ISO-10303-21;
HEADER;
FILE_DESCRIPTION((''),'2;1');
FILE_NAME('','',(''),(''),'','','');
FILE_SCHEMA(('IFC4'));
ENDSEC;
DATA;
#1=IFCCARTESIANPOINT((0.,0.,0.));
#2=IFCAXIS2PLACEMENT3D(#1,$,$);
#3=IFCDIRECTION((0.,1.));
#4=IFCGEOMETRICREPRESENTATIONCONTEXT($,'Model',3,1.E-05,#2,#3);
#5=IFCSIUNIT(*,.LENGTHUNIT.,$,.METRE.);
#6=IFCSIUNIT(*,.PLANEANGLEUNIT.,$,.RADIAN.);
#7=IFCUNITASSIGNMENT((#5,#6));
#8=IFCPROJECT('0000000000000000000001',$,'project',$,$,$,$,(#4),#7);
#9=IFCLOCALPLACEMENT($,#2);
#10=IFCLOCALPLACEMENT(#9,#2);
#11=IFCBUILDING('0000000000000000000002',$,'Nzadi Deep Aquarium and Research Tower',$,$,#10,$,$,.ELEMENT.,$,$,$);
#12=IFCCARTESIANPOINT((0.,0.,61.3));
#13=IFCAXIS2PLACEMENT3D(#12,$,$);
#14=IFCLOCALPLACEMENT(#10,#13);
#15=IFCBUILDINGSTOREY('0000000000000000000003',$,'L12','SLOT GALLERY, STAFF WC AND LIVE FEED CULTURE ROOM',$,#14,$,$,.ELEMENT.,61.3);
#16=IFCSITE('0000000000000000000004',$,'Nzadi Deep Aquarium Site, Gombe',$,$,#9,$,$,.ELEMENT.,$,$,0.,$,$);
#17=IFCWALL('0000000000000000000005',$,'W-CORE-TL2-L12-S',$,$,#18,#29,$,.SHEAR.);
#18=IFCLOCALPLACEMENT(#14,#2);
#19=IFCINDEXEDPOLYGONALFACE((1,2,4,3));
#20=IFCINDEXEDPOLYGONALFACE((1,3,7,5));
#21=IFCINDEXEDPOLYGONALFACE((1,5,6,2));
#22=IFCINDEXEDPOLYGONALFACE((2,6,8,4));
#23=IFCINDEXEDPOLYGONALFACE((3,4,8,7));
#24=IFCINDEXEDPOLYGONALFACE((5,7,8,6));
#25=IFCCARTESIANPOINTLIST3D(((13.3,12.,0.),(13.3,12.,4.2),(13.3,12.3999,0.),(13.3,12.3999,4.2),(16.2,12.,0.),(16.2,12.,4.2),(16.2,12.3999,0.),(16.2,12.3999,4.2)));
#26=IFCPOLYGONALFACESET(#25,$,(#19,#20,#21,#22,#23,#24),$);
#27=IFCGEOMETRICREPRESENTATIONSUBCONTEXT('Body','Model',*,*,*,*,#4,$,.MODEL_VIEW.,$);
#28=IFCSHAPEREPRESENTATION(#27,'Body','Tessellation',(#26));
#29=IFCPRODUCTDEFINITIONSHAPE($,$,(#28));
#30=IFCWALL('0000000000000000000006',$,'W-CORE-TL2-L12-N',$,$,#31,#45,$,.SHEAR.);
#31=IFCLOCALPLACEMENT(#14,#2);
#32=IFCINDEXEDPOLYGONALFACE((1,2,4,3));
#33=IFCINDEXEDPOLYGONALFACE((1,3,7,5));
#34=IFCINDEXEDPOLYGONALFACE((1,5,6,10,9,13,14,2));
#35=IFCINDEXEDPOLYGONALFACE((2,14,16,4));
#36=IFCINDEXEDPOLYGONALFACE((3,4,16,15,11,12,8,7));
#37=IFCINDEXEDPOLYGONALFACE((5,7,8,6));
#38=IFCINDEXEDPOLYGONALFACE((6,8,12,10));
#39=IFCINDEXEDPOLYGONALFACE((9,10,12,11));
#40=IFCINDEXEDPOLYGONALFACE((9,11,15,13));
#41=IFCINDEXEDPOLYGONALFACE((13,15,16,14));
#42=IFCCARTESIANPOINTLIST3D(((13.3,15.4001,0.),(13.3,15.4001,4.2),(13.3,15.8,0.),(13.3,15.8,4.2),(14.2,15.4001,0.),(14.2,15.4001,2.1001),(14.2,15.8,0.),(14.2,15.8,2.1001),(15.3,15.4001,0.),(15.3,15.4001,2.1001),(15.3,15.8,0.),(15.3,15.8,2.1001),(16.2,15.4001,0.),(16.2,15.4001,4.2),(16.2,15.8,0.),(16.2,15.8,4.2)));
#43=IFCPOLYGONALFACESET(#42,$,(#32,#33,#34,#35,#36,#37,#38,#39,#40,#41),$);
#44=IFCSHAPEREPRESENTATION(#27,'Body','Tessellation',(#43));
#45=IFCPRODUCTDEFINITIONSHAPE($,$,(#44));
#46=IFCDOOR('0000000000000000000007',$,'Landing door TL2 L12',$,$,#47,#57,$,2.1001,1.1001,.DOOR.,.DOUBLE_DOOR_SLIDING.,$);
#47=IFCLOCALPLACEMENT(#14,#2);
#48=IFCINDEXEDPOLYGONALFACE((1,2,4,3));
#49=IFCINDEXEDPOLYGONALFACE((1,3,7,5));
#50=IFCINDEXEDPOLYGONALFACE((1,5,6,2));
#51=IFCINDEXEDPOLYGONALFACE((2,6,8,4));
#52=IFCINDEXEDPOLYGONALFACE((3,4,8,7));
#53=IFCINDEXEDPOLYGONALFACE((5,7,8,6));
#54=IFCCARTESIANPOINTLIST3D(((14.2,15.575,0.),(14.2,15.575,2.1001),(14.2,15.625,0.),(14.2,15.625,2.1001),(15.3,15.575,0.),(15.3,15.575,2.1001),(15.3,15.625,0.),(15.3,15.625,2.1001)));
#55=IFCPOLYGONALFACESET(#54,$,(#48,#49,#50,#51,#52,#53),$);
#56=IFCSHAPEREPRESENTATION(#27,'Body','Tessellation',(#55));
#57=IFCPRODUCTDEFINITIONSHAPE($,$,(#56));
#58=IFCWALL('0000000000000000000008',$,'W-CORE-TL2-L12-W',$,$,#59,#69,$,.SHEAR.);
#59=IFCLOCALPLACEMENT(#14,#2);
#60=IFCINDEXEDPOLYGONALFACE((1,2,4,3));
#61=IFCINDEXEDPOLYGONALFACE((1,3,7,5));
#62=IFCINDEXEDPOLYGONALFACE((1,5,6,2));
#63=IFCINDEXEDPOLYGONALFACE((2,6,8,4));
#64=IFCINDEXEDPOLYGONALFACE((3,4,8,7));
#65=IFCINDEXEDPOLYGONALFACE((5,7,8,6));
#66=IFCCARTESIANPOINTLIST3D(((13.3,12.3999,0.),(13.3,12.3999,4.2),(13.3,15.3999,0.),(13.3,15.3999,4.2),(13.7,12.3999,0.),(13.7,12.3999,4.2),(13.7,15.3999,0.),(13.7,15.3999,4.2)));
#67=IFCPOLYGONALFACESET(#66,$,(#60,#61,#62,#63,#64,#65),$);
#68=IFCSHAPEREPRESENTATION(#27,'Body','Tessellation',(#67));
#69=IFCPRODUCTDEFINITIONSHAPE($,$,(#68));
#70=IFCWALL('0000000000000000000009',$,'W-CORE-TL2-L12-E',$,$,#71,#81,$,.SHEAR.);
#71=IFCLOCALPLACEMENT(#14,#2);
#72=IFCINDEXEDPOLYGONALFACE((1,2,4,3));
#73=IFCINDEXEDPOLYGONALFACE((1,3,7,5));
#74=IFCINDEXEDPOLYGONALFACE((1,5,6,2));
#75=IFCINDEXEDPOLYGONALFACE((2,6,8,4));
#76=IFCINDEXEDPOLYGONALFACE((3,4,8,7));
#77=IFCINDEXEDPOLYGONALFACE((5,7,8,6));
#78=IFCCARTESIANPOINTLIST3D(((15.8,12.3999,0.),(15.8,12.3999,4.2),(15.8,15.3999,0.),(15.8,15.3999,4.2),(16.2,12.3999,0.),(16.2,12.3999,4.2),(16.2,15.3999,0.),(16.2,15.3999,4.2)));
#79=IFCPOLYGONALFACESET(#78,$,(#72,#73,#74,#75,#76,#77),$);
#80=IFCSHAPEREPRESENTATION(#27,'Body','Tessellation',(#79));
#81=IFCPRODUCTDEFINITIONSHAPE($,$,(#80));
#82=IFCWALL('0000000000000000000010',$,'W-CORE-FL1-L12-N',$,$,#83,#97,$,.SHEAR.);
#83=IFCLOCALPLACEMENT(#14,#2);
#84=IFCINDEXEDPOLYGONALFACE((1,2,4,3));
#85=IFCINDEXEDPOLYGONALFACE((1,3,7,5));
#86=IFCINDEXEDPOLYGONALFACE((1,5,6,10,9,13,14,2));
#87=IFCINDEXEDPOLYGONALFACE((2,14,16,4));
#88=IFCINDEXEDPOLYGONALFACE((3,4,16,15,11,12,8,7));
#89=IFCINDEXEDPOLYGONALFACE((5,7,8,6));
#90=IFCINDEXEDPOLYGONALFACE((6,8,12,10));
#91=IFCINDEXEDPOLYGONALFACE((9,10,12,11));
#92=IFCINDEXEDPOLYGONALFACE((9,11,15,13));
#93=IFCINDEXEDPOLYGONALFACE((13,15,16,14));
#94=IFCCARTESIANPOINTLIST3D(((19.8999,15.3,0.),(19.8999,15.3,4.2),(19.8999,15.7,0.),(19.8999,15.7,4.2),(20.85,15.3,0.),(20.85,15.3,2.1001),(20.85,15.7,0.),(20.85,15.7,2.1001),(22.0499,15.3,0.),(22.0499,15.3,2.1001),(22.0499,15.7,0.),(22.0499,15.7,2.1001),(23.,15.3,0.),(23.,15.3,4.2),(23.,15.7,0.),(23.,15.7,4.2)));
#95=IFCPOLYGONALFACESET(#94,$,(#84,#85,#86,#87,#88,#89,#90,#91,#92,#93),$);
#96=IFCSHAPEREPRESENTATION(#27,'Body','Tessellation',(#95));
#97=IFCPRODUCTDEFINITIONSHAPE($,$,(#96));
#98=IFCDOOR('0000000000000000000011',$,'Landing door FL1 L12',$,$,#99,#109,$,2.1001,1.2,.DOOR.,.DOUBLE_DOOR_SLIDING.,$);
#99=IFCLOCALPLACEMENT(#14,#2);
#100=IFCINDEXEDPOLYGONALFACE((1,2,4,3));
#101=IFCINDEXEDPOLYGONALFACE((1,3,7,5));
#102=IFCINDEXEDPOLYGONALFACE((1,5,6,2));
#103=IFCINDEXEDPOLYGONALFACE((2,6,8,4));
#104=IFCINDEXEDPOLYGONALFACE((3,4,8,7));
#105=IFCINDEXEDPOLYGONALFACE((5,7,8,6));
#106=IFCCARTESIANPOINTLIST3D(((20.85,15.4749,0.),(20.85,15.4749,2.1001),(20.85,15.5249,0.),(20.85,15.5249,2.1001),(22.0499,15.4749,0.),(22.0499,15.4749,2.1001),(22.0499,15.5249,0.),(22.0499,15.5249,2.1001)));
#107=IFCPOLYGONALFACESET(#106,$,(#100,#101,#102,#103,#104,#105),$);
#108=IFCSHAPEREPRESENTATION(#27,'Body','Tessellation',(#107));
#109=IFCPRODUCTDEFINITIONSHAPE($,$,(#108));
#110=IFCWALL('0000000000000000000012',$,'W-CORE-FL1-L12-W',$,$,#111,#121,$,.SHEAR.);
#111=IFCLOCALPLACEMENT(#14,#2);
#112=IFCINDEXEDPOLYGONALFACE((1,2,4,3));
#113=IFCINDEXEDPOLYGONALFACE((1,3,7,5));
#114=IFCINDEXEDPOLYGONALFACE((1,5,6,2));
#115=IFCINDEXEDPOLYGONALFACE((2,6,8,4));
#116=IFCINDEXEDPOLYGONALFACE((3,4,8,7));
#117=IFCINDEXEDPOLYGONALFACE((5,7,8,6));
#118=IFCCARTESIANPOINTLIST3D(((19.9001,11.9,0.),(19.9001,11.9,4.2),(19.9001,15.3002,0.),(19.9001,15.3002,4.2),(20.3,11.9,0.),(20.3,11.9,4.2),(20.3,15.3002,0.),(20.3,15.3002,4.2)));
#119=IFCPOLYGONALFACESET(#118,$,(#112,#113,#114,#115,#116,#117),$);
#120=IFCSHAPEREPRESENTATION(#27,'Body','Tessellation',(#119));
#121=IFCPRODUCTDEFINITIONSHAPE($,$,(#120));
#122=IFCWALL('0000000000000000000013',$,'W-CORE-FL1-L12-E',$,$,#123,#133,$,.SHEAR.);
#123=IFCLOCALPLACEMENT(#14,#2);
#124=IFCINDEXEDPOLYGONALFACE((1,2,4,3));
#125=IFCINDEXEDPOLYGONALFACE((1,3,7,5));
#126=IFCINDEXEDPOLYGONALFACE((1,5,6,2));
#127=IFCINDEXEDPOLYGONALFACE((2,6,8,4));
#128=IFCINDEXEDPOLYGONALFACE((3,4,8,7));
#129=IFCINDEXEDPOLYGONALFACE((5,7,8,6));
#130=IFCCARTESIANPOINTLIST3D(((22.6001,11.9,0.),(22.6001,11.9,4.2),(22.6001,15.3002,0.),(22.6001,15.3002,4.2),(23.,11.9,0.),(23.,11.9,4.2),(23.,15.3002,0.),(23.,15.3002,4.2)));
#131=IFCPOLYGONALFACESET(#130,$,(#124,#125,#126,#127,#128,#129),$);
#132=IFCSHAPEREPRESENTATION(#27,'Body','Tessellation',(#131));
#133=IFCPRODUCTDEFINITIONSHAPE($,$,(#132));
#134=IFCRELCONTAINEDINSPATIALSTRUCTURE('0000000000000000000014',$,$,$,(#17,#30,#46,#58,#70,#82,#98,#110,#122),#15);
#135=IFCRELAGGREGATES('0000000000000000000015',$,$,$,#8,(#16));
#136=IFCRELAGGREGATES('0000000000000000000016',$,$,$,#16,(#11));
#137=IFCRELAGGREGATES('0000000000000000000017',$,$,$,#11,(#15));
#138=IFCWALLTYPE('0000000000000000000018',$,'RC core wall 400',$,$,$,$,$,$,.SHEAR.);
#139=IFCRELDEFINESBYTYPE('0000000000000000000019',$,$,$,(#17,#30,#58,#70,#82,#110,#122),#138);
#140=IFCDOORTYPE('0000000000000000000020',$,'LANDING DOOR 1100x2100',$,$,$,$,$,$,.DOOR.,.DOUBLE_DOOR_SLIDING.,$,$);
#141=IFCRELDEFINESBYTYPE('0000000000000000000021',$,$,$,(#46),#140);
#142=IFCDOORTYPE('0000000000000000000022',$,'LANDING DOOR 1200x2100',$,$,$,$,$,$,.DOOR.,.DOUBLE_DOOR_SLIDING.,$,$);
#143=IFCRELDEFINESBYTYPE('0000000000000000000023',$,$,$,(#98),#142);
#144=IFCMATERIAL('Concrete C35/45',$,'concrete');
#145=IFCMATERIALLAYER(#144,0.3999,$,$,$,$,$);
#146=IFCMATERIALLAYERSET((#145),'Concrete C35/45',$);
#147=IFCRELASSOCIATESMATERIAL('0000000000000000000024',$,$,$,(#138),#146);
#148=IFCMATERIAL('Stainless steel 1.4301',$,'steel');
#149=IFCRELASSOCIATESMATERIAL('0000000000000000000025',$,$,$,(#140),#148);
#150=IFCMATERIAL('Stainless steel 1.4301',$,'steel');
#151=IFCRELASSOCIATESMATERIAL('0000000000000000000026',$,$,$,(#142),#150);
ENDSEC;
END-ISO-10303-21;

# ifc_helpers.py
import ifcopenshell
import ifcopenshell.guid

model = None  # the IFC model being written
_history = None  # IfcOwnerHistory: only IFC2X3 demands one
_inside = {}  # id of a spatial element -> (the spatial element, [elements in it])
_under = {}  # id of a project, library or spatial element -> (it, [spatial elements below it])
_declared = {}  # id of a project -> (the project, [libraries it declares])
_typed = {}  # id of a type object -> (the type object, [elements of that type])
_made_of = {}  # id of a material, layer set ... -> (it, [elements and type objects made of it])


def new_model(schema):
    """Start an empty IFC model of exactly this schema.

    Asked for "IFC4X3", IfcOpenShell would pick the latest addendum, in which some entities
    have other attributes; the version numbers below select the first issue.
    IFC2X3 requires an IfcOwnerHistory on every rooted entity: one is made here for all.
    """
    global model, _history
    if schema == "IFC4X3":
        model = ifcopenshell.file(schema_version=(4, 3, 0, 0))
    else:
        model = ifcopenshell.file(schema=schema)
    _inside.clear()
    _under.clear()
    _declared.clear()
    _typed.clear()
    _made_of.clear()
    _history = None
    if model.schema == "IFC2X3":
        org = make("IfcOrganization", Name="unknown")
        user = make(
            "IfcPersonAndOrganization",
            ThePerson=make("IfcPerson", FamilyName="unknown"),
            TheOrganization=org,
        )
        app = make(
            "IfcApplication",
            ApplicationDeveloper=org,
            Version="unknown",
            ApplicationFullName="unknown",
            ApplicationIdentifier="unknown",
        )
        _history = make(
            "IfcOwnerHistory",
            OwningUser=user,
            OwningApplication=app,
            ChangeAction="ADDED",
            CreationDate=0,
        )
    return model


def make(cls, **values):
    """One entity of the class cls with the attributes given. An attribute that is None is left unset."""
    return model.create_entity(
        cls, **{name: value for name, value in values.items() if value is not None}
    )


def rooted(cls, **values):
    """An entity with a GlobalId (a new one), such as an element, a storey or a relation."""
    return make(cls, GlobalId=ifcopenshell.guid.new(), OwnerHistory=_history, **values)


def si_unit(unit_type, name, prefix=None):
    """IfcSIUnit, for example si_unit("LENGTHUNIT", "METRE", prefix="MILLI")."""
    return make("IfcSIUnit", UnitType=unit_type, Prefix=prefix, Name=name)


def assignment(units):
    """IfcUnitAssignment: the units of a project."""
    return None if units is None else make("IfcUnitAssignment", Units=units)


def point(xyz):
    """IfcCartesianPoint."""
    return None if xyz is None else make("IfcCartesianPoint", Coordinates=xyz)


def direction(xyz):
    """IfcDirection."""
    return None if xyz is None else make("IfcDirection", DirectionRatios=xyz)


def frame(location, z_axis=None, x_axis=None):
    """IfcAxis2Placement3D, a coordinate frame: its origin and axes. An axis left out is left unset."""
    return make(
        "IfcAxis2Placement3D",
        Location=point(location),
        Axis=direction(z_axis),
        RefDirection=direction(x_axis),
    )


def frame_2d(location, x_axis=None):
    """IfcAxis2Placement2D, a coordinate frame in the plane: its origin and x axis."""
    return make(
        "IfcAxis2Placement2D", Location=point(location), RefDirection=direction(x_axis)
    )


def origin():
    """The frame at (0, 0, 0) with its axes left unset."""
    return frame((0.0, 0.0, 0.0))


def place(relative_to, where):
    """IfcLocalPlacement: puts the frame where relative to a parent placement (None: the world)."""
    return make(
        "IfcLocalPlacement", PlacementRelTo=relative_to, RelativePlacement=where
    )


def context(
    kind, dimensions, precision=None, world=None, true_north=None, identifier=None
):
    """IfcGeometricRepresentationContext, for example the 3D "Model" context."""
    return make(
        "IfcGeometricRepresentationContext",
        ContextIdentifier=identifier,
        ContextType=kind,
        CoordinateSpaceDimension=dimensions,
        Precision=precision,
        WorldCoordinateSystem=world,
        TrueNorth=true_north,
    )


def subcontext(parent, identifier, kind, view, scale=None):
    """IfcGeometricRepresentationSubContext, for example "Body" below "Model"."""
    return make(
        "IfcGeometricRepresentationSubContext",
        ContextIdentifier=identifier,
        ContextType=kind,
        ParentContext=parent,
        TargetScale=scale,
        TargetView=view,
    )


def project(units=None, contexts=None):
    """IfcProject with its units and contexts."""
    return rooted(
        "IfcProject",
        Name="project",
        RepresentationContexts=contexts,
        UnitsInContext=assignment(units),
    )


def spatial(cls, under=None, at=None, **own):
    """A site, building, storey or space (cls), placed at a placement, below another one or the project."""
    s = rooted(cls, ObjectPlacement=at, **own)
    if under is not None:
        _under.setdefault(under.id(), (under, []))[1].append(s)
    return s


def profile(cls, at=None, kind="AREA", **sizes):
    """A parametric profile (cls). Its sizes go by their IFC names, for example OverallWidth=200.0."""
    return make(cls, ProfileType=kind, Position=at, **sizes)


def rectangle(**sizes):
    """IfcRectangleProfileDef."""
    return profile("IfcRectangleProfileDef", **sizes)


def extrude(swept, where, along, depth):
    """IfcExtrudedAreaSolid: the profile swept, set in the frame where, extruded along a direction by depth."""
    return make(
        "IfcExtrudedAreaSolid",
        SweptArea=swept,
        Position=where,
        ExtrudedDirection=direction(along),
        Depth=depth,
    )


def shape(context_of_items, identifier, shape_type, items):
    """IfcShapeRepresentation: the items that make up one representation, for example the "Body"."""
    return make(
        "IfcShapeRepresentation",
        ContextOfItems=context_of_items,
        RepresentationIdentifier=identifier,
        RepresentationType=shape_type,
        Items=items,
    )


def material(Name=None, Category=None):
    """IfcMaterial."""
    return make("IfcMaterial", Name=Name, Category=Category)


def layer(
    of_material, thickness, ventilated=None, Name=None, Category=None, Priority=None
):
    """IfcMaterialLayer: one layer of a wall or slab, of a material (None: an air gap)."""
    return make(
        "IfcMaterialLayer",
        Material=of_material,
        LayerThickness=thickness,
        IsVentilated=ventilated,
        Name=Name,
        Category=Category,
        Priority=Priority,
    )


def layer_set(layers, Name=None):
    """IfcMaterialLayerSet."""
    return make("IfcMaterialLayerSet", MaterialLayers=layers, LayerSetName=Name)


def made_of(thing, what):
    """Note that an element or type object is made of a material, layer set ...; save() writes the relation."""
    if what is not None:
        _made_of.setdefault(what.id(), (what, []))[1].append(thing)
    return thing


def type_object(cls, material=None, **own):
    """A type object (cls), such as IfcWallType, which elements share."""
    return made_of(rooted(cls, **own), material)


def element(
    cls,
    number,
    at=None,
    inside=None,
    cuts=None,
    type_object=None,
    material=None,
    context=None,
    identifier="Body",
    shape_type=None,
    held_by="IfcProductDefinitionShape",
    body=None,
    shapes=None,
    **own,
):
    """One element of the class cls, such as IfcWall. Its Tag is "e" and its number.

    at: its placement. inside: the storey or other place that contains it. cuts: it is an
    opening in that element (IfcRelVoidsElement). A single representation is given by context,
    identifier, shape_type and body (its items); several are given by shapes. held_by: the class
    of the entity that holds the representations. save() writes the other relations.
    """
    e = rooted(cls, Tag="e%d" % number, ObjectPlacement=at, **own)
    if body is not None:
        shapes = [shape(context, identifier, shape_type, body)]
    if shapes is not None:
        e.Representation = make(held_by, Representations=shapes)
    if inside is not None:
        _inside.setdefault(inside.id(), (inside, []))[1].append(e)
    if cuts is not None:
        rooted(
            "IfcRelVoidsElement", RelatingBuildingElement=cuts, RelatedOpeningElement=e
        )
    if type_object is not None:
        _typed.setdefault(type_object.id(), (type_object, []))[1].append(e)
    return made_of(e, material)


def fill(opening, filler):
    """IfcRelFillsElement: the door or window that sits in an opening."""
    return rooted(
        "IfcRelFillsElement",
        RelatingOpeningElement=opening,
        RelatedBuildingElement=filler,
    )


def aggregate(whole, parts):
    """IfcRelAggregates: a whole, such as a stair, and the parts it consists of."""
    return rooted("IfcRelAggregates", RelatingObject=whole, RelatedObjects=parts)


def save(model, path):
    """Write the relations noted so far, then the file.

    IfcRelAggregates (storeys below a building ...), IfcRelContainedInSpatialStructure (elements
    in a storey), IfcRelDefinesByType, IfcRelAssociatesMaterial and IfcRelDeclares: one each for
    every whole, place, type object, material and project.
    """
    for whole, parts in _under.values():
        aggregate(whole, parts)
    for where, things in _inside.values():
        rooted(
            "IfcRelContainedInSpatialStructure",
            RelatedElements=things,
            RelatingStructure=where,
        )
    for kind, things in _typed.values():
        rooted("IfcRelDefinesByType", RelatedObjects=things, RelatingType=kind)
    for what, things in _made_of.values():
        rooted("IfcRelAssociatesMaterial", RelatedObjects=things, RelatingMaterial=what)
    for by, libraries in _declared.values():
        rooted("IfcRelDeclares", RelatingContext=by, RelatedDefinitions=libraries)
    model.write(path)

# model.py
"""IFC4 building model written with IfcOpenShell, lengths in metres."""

from ifc_helpers import new_model, si_unit, direction, frame, frame_2d, origin, place, context, subcontext, project, spatial, rectangle, extrude, material, layer, layer_set, type_object, element, fill, save


model = new_model("IFC4")

# Units and contexts
model_context = context("Model", 3, precision=1e-05, world=origin(), true_north=direction((0.0, 1.0)))
body_context = subcontext(model_context, "Body", "Model", "MODEL_VIEW")
ifc_project = project(units=[si_unit("LENGTHUNIT", "METRE"), si_unit("PLANEANGLEUNIT", "RADIAN")], contexts=[model_context])

# Site, building, storey
site_placement = place(None, origin())
site = spatial("IfcSite", under=ifc_project, at=site_placement, Name="Nzadi Deep Aquarium Site, Gombe", CompositionType="ELEMENT", RefElevation=0.0)
building_placement = place(site_placement, origin())
building = spatial("IfcBuilding", under=site, at=building_placement, Name="Nzadi Deep Aquarium and Research Tower", CompositionType="ELEMENT")
storey_placement = place(building_placement, frame((0.0, 0.0, 61.3)))
storey = spatial("IfcBuildingStorey", under=building, at=storey_placement, Name="L12", Description="SLOT GALLERY, STAFF WC AND LIVE FEED CULTURE ROOM", CompositionType="ELEMENT", Elevation=61.3)

# Shared definitions
ifc_material_1 = material(Name="Concrete C35/45", Category="concrete")
ifc_layer_1 = layer(ifc_material_1, 0.3999)
ifc_layer_set_1 = layer_set([ifc_layer_1], Name="Concrete C35/45")
wall_type_1 = type_object("IfcWallType", Name="RC core wall 400", PredefinedType="SHEAR", material=ifc_layer_set_1)

# Shared definitions
ifc_material_2 = material(Name="Stainless steel 1.4301", Category="steel")
door_type_1 = type_object("IfcDoorType", Name="LANDING DOOR 1100x2100", OperationType="DOUBLE_DOOR_SLIDING", PredefinedType="DOOR", material=ifc_material_2)

# Wall
wall_1_placement = place(storey_placement, frame((13.3, 12.2, 0.0), z_axis=(0.0, 0.0, 1.0), x_axis=(1.0, 0.0, 0.0)))
element("IfcWall", 1, at=wall_1_placement, inside=storey, type_object=wall_type_1, Name="W-CORE-TL2-L12-S", PredefinedType="SHEAR", context=body_context, shape_type="SweptSolid", body=[
    extrude(rectangle(XDim=2.8999, YDim=0.3999, at=frame_2d((1.45, 0.0))), origin(), (0.0, 0.0, 1.0), 4.2),
])

# Wall, opening, door
wall_2_placement = place(storey_placement, frame((13.3, 15.6001, 0.0), z_axis=(0.0, 0.0, 1.0), x_axis=(1.0, 0.0, 0.0)))
wall_2 = element("IfcWall", 2, at=wall_2_placement, inside=storey, type_object=wall_type_1, Name="W-CORE-TL2-L12-N", PredefinedType="SHEAR", context=body_context, shape_type="SweptSolid", body=[
    extrude(rectangle(XDim=2.8999, YDim=0.3999, at=frame_2d((1.45, 0.0))), origin(), (0.0, 0.0, 1.0), 4.2),
])
opening_1_placement = place(wall_2_placement, frame((0.8999, 0.0, 0.0)))
opening_1 = element("IfcOpeningElement", 3, at=opening_1_placement, cuts=wall_2, PredefinedType="OPENING", context=body_context, shape_type="SweptSolid", body=[
    extrude(rectangle(XDim=1.1001, YDim=2.1001, at=frame_2d((0.55, 1.05))), frame((0.0, 0.21, 0.0), z_axis=(0.0, -1.0, 0.0), x_axis=(1.0, 0.0, 0.0)), (0.0, 0.0, 1.0), 0.4199),
])
door_1_placement = place(opening_1_placement, origin())
door_1 = element("IfcDoor", 4, at=door_1_placement, inside=storey, type_object=door_type_1, Name="Landing door TL2 L12", OperationType="DOUBLE_DOOR_SLIDING", OverallHeight=2.1001, OverallWidth=1.1001, PredefinedType="DOOR", context=body_context, shape_type="SweptSolid", body=[
    extrude(rectangle(XDim=1.1001, YDim=2.1001, at=frame_2d((0.55, 1.05))), frame((0.0, 0.0249, 0.0), z_axis=(0.0, -1.0, 0.0), x_axis=(1.0, 0.0, 0.0)), (0.0, 0.0, 1.0), 0.05),
])
fill(opening_1, door_1)

# Walls
for number, where, z_axis, x_axis, name in (
    (5, (13.5, 12.3999, 0.0), (0.0, 0.0, 1.0), (0.0, 1.0, 0.0), "W-CORE-TL2-L12-W"),
    (6, (16.0, 12.3999, 0.0), (0.0, 0.0, 1.0), (0.0, 1.0, 0.0), "W-CORE-TL2-L12-E"),
):
    element("IfcWall", number, at=place(storey_placement, frame(where, z_axis=z_axis, x_axis=x_axis)), inside=storey, type_object=wall_type_1, Name=name, PredefinedType="SHEAR", context=body_context, shape_type="SweptSolid", body=[
        extrude(rectangle(XDim=3.0, YDim=0.3999, at=frame_2d((1.5, 0.0))), origin(), (0.0, 0.0, 1.0), 4.2),
    ])

# Wall, opening, door
wall_3_placement = place(storey_placement, frame((19.8999, 15.5, 0.0), z_axis=(0.0, 0.0, 1.0), x_axis=(1.0, 0.0, 0.0)))
wall_3 = element("IfcWall", 7, at=wall_3_placement, inside=storey, type_object=wall_type_1, Name="W-CORE-FL1-L12-N", PredefinedType="SHEAR", context=body_context, shape_type="SweptSolid", body=[
    extrude(rectangle(XDim=3.1001, YDim=0.3999, at=frame_2d((1.55, 0.0))), origin(), (0.0, 0.0, 1.0), 4.2),
])
opening_2_placement = place(wall_3_placement, frame((0.95, 0.0, 0.0)))
opening_2 = element("IfcOpeningElement", 8, at=opening_2_placement, cuts=wall_3, PredefinedType="OPENING", context=body_context, shape_type="SweptSolid", body=[
    extrude(rectangle(XDim=1.2, YDim=2.1001, at=frame_2d((0.6001, 1.05))), frame((0.0, 0.21, 0.0), z_axis=(0.0, -1.0, 0.0), x_axis=(1.0, 0.0, 0.0)), (0.0, 0.0, 1.0), 0.4199),
])
ifc_material_3 = material(Name="Stainless steel 1.4301", Category="steel")
door_type_2 = type_object("IfcDoorType", Name="LANDING DOOR 1200x2100", OperationType="DOUBLE_DOOR_SLIDING", PredefinedType="DOOR", material=ifc_material_3)
door_2_placement = place(opening_2_placement, origin())
door_2 = element("IfcDoor", 9, at=door_2_placement, inside=storey, type_object=door_type_2, Name="Landing door FL1 L12", OperationType="DOUBLE_DOOR_SLIDING", OverallHeight=2.1001, OverallWidth=1.2, PredefinedType="DOOR", context=body_context, shape_type="SweptSolid", body=[
    extrude(rectangle(XDim=1.2, YDim=2.1001, at=frame_2d((0.6001, 1.05))), frame((0.0, 0.0249, 0.0), z_axis=(0.0, -1.0, 0.0), x_axis=(1.0, 0.0, 0.0)), (0.0, 0.0, 1.0), 0.05),
])
fill(opening_2, door_2)

# Walls
for number, where, z_axis, x_axis, name in (
    (10, (20.1001, 11.8999, 0.0), (0.0, 0.0, 1.0), (0.0, 1.0, 0.0), "W-CORE-FL1-L12-W"),
    (11, (22.8, 11.8999, 0.0), (0.0, 0.0, 1.0), (0.0, 1.0, 0.0), "W-CORE-FL1-L12-E"),
):
    element("IfcWall", number, at=place(storey_placement, frame(where, z_axis=z_axis, x_axis=x_axis)), inside=storey, type_object=wall_type_1, Name=name, PredefinedType="SHEAR", context=body_context, shape_type="SweptSolid", body=[
        extrude(rectangle(XDim=3.4001, YDim=0.3999, at=frame_2d((1.7002, 0.0))), origin(), (0.0, 0.0, 1.0), 4.2),
    ])

save(model, "model.ifc")
